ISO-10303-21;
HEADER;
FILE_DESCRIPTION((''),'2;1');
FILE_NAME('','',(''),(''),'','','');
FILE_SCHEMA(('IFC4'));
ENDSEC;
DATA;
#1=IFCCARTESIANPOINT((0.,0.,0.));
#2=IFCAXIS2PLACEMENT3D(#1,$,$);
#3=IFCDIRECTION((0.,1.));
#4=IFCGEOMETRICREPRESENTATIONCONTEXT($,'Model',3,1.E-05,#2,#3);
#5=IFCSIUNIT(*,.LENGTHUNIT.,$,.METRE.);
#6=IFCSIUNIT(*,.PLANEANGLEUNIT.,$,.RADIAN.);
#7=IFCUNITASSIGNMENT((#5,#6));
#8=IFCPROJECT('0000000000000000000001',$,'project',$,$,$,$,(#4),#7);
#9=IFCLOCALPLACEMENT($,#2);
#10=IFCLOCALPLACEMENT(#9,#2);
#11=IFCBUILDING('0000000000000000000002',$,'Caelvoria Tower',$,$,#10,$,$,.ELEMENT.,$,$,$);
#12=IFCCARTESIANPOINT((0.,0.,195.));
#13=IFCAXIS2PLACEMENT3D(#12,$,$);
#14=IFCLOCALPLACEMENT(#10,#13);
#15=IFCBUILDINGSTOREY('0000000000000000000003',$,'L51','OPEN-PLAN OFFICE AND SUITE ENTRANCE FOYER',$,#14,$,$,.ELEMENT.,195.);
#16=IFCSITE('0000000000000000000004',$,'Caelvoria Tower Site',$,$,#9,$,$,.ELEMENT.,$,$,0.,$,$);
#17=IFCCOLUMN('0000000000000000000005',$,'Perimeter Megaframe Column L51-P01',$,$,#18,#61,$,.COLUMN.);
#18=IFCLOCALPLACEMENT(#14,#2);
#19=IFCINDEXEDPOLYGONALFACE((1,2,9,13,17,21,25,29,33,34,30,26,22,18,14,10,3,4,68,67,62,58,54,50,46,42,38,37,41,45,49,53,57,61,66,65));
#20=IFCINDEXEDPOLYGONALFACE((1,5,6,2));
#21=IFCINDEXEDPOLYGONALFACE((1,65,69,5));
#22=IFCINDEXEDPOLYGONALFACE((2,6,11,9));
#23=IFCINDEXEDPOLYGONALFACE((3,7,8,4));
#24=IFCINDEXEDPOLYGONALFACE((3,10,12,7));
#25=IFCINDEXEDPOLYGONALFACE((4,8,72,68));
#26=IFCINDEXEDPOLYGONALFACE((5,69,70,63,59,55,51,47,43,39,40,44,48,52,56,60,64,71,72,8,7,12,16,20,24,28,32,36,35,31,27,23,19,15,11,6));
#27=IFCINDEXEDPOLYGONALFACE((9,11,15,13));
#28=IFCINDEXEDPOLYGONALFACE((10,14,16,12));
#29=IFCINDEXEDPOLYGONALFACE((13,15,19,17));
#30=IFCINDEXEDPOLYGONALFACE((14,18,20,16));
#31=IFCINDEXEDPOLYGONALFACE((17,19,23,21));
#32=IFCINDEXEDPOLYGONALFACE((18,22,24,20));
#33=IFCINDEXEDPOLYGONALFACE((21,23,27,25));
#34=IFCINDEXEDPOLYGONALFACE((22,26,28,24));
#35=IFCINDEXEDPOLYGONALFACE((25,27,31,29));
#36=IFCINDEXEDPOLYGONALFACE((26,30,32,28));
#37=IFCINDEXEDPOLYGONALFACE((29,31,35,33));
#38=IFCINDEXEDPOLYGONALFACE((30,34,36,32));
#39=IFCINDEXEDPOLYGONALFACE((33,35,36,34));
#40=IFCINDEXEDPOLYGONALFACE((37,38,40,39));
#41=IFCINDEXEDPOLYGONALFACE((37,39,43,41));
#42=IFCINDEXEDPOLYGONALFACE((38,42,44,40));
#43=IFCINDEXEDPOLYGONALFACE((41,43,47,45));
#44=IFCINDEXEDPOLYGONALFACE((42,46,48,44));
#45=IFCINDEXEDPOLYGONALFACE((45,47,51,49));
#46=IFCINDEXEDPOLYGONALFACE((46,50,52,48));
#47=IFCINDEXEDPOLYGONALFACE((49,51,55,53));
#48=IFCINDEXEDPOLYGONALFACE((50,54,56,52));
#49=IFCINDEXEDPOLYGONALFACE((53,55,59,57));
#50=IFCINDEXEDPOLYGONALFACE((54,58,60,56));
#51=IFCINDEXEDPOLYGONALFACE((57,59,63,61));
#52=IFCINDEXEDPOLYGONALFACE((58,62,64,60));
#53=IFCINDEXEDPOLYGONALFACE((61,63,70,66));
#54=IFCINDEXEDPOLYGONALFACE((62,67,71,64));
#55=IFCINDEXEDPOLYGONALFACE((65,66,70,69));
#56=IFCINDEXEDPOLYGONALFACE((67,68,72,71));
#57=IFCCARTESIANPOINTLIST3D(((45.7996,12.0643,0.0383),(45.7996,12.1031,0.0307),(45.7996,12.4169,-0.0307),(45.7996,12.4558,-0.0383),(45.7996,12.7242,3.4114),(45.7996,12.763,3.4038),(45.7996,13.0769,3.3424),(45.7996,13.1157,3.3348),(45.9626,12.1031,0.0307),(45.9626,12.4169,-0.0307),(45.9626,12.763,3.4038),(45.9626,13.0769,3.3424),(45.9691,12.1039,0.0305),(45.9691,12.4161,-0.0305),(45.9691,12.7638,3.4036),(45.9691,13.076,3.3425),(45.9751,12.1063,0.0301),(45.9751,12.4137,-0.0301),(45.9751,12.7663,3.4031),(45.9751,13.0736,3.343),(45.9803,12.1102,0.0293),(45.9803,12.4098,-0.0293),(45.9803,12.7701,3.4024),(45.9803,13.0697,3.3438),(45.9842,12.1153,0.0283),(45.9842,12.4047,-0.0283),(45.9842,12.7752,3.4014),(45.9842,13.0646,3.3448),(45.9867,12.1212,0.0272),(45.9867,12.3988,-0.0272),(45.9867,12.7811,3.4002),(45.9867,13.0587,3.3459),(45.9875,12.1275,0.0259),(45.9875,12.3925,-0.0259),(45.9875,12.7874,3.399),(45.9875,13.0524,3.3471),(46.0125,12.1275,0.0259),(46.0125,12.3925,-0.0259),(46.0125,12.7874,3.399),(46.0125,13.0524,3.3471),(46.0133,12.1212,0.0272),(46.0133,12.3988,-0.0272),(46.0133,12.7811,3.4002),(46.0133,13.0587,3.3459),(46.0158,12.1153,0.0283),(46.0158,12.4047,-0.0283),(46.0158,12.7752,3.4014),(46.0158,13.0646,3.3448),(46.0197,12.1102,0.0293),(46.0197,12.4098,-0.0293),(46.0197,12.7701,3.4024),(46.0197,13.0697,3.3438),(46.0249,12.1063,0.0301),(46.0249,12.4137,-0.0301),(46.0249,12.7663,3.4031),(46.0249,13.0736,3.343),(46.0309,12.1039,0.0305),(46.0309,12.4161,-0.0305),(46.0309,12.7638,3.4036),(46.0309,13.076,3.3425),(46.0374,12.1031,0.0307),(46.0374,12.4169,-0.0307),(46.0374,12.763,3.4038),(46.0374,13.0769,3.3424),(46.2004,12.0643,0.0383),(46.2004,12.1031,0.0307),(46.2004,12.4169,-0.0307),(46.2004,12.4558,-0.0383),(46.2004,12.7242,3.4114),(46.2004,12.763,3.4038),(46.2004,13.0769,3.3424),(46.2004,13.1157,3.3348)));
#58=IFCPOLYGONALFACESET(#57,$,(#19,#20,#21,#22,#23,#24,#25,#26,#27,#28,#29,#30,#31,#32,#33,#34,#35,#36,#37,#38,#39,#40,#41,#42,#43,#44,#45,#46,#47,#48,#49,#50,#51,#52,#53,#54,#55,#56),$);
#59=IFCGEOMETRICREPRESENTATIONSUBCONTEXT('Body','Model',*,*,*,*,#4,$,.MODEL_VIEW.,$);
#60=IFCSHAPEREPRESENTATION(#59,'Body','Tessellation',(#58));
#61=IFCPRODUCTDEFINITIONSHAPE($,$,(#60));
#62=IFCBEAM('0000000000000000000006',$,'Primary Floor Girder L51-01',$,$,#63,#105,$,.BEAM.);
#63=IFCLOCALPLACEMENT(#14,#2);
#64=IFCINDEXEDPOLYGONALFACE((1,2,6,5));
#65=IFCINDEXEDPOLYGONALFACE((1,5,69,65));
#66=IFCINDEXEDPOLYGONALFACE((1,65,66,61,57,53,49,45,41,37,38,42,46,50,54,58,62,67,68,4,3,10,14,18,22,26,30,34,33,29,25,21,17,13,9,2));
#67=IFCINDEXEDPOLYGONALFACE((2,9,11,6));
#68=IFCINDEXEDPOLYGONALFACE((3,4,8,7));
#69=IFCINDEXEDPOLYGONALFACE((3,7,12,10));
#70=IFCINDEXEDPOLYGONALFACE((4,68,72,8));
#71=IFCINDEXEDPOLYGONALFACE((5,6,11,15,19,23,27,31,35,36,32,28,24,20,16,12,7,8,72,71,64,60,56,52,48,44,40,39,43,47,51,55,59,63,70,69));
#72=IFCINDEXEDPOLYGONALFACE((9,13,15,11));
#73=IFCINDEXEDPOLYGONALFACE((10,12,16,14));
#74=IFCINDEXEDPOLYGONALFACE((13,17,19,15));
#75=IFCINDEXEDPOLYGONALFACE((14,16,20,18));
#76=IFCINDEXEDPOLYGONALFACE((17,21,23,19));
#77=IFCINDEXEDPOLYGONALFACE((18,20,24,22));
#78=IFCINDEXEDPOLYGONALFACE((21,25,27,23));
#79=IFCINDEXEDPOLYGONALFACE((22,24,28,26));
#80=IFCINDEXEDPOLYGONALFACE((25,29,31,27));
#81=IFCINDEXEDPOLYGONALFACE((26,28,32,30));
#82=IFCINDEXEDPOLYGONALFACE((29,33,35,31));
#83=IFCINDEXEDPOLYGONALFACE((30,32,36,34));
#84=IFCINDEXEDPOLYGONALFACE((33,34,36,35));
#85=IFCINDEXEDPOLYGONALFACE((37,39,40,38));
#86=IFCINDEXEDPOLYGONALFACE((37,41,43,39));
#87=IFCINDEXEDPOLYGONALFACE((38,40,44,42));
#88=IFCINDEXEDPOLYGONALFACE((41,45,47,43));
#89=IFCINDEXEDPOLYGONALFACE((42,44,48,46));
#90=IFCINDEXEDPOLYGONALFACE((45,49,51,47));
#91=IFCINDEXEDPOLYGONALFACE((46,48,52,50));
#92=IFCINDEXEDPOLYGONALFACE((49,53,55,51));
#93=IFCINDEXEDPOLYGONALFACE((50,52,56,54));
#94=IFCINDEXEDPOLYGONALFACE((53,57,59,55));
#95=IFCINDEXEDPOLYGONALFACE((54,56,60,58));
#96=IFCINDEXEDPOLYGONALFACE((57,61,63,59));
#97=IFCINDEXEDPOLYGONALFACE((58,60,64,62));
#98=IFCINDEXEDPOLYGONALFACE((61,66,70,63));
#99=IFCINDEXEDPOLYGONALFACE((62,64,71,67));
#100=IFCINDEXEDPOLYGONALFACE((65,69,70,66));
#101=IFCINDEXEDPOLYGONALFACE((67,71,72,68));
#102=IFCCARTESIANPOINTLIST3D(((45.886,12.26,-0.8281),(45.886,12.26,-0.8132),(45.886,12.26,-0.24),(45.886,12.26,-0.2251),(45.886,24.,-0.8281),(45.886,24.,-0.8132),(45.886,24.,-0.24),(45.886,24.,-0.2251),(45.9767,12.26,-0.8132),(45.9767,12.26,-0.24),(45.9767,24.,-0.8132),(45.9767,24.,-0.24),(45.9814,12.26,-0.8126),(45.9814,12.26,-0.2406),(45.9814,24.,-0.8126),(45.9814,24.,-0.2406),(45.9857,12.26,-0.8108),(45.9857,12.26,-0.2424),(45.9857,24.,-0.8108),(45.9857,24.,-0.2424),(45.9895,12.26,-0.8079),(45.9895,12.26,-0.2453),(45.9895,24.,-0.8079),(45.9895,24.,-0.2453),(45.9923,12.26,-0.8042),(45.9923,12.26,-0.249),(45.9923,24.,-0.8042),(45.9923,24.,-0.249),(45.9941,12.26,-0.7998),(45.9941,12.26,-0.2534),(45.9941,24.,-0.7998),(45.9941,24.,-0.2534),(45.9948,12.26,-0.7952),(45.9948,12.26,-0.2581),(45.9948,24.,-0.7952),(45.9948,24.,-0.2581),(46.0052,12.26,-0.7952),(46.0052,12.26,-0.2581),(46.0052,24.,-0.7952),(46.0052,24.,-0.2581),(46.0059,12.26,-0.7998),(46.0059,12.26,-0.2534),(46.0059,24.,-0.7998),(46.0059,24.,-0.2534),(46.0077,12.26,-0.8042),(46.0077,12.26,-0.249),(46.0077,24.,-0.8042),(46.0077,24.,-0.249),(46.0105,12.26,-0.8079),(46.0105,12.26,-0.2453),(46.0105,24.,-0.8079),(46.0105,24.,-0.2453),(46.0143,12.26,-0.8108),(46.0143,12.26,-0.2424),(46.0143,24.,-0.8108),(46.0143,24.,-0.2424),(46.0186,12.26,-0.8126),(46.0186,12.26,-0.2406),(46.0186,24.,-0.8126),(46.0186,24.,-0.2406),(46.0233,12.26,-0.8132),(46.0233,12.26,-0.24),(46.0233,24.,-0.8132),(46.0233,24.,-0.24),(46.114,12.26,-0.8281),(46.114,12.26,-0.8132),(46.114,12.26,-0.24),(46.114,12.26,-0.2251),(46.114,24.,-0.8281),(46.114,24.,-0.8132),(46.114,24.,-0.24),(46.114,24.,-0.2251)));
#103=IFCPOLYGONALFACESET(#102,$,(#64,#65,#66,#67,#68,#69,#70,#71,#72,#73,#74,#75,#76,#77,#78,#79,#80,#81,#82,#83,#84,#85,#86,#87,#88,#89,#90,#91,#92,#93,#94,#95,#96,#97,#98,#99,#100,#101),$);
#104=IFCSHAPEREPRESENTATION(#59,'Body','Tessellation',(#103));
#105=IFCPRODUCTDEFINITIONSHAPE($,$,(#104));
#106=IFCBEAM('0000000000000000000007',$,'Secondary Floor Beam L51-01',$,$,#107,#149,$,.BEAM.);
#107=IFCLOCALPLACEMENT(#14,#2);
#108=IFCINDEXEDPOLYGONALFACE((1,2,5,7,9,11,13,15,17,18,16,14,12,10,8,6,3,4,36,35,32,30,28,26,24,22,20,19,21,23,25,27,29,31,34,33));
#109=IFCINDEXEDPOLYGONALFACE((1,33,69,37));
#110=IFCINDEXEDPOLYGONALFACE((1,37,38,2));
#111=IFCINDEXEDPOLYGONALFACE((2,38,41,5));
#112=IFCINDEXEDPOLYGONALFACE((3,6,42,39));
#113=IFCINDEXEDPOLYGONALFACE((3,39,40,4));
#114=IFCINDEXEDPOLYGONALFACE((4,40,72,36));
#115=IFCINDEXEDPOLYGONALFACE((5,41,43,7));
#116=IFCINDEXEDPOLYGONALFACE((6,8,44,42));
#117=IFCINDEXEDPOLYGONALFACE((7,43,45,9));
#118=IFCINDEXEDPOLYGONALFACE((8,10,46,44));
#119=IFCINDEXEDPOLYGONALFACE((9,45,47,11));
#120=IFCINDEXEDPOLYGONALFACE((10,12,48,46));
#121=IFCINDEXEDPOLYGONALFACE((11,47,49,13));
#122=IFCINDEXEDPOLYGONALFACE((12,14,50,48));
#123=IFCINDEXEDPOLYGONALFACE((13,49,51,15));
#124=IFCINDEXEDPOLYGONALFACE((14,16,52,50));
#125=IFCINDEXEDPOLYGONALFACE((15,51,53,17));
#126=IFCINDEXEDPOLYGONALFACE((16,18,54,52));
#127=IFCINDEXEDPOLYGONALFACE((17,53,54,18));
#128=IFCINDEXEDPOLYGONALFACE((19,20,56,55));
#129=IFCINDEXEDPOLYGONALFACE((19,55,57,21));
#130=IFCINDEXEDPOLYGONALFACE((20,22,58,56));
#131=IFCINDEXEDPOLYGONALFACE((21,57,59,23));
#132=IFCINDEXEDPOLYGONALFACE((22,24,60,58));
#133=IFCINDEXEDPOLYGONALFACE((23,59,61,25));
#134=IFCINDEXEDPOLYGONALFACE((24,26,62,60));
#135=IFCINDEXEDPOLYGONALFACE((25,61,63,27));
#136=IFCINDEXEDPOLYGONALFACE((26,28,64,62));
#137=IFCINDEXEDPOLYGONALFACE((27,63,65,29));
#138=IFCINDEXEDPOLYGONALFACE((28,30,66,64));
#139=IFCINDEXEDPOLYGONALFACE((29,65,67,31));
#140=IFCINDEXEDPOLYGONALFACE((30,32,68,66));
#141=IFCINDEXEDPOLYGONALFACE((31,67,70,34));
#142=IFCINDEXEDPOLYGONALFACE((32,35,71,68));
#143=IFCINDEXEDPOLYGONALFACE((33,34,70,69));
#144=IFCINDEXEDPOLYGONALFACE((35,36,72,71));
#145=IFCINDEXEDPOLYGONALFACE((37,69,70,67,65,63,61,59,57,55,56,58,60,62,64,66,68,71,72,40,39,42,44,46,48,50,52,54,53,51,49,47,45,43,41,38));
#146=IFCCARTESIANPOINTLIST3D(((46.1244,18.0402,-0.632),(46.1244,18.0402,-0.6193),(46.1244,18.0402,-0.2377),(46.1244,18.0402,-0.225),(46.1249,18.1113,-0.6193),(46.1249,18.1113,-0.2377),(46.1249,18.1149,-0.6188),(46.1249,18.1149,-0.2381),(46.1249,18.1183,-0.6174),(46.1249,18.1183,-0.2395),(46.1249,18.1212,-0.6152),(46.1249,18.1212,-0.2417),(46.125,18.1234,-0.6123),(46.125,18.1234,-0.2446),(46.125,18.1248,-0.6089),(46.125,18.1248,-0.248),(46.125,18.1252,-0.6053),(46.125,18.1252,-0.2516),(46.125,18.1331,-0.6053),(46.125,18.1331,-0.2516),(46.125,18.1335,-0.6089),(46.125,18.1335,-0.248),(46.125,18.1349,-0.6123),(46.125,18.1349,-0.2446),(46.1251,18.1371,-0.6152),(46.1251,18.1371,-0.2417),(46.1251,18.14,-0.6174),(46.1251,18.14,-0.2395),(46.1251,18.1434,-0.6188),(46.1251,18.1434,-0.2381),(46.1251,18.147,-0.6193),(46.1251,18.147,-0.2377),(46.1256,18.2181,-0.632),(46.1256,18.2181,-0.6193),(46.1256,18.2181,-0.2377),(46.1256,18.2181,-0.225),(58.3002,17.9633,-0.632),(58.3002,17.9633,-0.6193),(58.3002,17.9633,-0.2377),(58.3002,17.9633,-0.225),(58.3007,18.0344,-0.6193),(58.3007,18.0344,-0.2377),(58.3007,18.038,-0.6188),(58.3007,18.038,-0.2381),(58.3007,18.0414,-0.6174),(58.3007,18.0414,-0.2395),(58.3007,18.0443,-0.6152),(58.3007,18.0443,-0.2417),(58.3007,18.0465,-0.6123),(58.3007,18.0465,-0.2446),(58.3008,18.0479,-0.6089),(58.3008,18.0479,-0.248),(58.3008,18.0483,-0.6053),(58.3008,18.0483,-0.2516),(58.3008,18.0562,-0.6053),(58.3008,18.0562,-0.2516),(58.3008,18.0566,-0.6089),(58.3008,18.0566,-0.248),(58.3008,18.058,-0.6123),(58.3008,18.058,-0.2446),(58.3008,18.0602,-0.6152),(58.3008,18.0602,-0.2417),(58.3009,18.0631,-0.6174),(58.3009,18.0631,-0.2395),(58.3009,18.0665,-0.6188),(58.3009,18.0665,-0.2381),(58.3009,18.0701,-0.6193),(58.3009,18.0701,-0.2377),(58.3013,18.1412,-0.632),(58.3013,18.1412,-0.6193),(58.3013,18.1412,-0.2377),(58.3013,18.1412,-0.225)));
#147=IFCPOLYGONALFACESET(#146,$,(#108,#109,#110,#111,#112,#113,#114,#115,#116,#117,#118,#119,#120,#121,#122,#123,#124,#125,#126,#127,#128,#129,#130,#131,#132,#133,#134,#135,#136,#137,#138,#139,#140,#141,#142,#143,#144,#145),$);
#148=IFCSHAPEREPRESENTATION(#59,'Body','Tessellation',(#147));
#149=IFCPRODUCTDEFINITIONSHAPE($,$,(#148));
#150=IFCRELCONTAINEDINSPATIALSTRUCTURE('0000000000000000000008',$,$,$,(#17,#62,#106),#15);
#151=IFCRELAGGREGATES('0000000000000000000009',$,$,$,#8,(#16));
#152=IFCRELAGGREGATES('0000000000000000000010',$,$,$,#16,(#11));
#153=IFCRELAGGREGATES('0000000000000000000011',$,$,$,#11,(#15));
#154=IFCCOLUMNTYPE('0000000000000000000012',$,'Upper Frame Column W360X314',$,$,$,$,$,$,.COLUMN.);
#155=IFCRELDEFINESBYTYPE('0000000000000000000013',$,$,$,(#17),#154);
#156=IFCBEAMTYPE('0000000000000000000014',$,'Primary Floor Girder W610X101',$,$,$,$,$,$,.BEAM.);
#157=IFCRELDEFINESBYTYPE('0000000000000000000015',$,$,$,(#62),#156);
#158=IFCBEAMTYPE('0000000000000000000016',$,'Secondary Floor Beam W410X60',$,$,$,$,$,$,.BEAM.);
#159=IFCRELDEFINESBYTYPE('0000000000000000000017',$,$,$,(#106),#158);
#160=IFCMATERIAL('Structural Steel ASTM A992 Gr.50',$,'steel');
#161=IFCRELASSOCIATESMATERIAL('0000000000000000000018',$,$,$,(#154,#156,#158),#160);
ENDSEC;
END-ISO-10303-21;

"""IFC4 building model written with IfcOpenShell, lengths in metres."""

from ifc_helpers import new_model, si_unit, direction, frame, origin, origin_2d, place, context, subcontext, project, spatial, i_section, extrude, material, material_profile, profile_set, type_object, element, save


model = new_model("IFC4")

# Units and contexts
model_context = context("Model", 3, precision=1e-05, world=origin(), true_north=direction((0.0, 1.0)))
body_context = subcontext(model_context, "Body", "Model", "MODEL_VIEW")
ifc_project = project(units=[si_unit("LENGTHUNIT", "METRE"), si_unit("PLANEANGLEUNIT", "RADIAN")], contexts=[model_context])

# Site, building, storey
site_placement = place(None, origin())
site = spatial("IfcSite", under=ifc_project, at=site_placement, Name="Caelvoria Tower Site", CompositionType="ELEMENT", RefElevation=0.0)
building_placement = place(site_placement, origin())
building = spatial("IfcBuilding", under=site, at=building_placement, Name="Caelvoria Tower", CompositionType="ELEMENT")
storey_placement = place(building_placement, frame((0.0, 0.0, 195.0)))
storey = spatial("IfcBuildingStorey", under=building, at=storey_placement, Name="L51", Description="OPEN-PLAN OFFICE AND SUITE ENTRANCE FOYER", CompositionType="ELEMENT", Elevation=195.0)

# Column
ifc_material_1 = material(Name="Structural Steel ASTM A992 Gr.50", Category="steel")
ifc_material_profile_1 = material_profile(ifc_material_1, i_section(OverallWidth=0.4009, OverallDepth=0.3989, WebThickness=0.0249, FlangeThickness=0.0396, FilletRadius=0.0249, at=origin_2d()), Name="Structural Steel ASTM A992 Gr.50")
ifc_profile_set_1 = profile_set([ifc_material_profile_1], Name="W360X314 - Structural Steel ASTM A992 Gr.50")
column_type = type_object("IfcColumnType", Name="Upper Frame Column W360X314", PredefinedType="COLUMN", material=ifc_profile_set_1)
column_placement = place(storey_placement, frame((46.0, 12.26, 0.0), z_axis=(0.0, 0.192003, 0.981394), x_axis=(-1.0, 0.0, 0.0)))
element("IfcColumn", 1, at=column_placement, inside=storey, type_object=column_type, Name="Perimeter Megaframe Column L51-P01", PredefinedType="COLUMN", context=body_context, shape_type="SweptSolid", body=[
    extrude(i_section(OverallWidth=0.4009, OverallDepth=0.3989, WebThickness=0.0249, FlangeThickness=0.0396, FilletRadius=0.0249, at=origin_2d()), origin(), (0.0, 0.0, 1.0), 3.437),
])

# Beams
ifc_material_profile_2 = material_profile(ifc_material_1, i_section(OverallWidth=0.228, OverallDepth=0.603, WebThickness=0.0105, FlangeThickness=0.0149, FilletRadius=0.0181, at=origin_2d()), Name="Structural Steel ASTM A992 Gr.50")
ifc_profile_set_2 = profile_set([ifc_material_profile_2], Name="W610X101 - Structural Steel ASTM A992 Gr.50")
beam_type_1 = type_object("IfcBeamType", Name="Primary Floor Girder W610X101", PredefinedType="BEAM", material=ifc_profile_set_2)
beam_1_placement = place(storey_placement, frame((46.0, 24.0, -0.5266), z_axis=(0.0, -1.0, 0.0), x_axis=(1.0, 0.0, 0.0)))
element("IfcBeam", 2, at=beam_1_placement, inside=storey, type_object=beam_type_1, Name="Primary Floor Girder L51-01", PredefinedType="BEAM", context=body_context, shape_type="SweptSolid", body=[
    extrude(i_section(OverallWidth=0.228, OverallDepth=0.603, WebThickness=0.0105, FlangeThickness=0.0149, FilletRadius=0.0181, at=origin_2d()), origin(), (0.0, 0.0, 1.0), 11.74),
])
ifc_material_profile_3 = material_profile(ifc_material_1, i_section(OverallWidth=0.178, OverallDepth=0.407, WebThickness=0.0078, FlangeThickness=0.0127, FilletRadius=0.0139, at=origin_2d()), Name="Structural Steel ASTM A992 Gr.50")
ifc_profile_set_3 = profile_set([ifc_material_profile_3], Name="W410X60 - Structural Steel ASTM A992 Gr.50")
beam_type_2 = type_object("IfcBeamType", Name="Secondary Floor Beam W410X60", PredefinedType="BEAM", material=ifc_profile_set_3)
beam_2_placement = place(storey_placement, frame((46.125, 18.1292, -0.4285), z_axis=(0.99998, -0.006316, 0.0), x_axis=(0.006316, 0.99998, 0.0)))
element("IfcBeam", 3, at=beam_2_placement, inside=storey, type_object=beam_type_2, Name="Secondary Floor Beam L51-01", PredefinedType="BEAM", context=body_context, shape_type="SweptSolid", body=[
    extrude(i_section(OverallWidth=0.178, OverallDepth=0.407, WebThickness=0.0078, FlangeThickness=0.0127, FilletRadius=0.0139, at=origin_2d()), origin(), (0.0, 0.0, 1.0), 12.176),
])

save(model, "model.ifc")
